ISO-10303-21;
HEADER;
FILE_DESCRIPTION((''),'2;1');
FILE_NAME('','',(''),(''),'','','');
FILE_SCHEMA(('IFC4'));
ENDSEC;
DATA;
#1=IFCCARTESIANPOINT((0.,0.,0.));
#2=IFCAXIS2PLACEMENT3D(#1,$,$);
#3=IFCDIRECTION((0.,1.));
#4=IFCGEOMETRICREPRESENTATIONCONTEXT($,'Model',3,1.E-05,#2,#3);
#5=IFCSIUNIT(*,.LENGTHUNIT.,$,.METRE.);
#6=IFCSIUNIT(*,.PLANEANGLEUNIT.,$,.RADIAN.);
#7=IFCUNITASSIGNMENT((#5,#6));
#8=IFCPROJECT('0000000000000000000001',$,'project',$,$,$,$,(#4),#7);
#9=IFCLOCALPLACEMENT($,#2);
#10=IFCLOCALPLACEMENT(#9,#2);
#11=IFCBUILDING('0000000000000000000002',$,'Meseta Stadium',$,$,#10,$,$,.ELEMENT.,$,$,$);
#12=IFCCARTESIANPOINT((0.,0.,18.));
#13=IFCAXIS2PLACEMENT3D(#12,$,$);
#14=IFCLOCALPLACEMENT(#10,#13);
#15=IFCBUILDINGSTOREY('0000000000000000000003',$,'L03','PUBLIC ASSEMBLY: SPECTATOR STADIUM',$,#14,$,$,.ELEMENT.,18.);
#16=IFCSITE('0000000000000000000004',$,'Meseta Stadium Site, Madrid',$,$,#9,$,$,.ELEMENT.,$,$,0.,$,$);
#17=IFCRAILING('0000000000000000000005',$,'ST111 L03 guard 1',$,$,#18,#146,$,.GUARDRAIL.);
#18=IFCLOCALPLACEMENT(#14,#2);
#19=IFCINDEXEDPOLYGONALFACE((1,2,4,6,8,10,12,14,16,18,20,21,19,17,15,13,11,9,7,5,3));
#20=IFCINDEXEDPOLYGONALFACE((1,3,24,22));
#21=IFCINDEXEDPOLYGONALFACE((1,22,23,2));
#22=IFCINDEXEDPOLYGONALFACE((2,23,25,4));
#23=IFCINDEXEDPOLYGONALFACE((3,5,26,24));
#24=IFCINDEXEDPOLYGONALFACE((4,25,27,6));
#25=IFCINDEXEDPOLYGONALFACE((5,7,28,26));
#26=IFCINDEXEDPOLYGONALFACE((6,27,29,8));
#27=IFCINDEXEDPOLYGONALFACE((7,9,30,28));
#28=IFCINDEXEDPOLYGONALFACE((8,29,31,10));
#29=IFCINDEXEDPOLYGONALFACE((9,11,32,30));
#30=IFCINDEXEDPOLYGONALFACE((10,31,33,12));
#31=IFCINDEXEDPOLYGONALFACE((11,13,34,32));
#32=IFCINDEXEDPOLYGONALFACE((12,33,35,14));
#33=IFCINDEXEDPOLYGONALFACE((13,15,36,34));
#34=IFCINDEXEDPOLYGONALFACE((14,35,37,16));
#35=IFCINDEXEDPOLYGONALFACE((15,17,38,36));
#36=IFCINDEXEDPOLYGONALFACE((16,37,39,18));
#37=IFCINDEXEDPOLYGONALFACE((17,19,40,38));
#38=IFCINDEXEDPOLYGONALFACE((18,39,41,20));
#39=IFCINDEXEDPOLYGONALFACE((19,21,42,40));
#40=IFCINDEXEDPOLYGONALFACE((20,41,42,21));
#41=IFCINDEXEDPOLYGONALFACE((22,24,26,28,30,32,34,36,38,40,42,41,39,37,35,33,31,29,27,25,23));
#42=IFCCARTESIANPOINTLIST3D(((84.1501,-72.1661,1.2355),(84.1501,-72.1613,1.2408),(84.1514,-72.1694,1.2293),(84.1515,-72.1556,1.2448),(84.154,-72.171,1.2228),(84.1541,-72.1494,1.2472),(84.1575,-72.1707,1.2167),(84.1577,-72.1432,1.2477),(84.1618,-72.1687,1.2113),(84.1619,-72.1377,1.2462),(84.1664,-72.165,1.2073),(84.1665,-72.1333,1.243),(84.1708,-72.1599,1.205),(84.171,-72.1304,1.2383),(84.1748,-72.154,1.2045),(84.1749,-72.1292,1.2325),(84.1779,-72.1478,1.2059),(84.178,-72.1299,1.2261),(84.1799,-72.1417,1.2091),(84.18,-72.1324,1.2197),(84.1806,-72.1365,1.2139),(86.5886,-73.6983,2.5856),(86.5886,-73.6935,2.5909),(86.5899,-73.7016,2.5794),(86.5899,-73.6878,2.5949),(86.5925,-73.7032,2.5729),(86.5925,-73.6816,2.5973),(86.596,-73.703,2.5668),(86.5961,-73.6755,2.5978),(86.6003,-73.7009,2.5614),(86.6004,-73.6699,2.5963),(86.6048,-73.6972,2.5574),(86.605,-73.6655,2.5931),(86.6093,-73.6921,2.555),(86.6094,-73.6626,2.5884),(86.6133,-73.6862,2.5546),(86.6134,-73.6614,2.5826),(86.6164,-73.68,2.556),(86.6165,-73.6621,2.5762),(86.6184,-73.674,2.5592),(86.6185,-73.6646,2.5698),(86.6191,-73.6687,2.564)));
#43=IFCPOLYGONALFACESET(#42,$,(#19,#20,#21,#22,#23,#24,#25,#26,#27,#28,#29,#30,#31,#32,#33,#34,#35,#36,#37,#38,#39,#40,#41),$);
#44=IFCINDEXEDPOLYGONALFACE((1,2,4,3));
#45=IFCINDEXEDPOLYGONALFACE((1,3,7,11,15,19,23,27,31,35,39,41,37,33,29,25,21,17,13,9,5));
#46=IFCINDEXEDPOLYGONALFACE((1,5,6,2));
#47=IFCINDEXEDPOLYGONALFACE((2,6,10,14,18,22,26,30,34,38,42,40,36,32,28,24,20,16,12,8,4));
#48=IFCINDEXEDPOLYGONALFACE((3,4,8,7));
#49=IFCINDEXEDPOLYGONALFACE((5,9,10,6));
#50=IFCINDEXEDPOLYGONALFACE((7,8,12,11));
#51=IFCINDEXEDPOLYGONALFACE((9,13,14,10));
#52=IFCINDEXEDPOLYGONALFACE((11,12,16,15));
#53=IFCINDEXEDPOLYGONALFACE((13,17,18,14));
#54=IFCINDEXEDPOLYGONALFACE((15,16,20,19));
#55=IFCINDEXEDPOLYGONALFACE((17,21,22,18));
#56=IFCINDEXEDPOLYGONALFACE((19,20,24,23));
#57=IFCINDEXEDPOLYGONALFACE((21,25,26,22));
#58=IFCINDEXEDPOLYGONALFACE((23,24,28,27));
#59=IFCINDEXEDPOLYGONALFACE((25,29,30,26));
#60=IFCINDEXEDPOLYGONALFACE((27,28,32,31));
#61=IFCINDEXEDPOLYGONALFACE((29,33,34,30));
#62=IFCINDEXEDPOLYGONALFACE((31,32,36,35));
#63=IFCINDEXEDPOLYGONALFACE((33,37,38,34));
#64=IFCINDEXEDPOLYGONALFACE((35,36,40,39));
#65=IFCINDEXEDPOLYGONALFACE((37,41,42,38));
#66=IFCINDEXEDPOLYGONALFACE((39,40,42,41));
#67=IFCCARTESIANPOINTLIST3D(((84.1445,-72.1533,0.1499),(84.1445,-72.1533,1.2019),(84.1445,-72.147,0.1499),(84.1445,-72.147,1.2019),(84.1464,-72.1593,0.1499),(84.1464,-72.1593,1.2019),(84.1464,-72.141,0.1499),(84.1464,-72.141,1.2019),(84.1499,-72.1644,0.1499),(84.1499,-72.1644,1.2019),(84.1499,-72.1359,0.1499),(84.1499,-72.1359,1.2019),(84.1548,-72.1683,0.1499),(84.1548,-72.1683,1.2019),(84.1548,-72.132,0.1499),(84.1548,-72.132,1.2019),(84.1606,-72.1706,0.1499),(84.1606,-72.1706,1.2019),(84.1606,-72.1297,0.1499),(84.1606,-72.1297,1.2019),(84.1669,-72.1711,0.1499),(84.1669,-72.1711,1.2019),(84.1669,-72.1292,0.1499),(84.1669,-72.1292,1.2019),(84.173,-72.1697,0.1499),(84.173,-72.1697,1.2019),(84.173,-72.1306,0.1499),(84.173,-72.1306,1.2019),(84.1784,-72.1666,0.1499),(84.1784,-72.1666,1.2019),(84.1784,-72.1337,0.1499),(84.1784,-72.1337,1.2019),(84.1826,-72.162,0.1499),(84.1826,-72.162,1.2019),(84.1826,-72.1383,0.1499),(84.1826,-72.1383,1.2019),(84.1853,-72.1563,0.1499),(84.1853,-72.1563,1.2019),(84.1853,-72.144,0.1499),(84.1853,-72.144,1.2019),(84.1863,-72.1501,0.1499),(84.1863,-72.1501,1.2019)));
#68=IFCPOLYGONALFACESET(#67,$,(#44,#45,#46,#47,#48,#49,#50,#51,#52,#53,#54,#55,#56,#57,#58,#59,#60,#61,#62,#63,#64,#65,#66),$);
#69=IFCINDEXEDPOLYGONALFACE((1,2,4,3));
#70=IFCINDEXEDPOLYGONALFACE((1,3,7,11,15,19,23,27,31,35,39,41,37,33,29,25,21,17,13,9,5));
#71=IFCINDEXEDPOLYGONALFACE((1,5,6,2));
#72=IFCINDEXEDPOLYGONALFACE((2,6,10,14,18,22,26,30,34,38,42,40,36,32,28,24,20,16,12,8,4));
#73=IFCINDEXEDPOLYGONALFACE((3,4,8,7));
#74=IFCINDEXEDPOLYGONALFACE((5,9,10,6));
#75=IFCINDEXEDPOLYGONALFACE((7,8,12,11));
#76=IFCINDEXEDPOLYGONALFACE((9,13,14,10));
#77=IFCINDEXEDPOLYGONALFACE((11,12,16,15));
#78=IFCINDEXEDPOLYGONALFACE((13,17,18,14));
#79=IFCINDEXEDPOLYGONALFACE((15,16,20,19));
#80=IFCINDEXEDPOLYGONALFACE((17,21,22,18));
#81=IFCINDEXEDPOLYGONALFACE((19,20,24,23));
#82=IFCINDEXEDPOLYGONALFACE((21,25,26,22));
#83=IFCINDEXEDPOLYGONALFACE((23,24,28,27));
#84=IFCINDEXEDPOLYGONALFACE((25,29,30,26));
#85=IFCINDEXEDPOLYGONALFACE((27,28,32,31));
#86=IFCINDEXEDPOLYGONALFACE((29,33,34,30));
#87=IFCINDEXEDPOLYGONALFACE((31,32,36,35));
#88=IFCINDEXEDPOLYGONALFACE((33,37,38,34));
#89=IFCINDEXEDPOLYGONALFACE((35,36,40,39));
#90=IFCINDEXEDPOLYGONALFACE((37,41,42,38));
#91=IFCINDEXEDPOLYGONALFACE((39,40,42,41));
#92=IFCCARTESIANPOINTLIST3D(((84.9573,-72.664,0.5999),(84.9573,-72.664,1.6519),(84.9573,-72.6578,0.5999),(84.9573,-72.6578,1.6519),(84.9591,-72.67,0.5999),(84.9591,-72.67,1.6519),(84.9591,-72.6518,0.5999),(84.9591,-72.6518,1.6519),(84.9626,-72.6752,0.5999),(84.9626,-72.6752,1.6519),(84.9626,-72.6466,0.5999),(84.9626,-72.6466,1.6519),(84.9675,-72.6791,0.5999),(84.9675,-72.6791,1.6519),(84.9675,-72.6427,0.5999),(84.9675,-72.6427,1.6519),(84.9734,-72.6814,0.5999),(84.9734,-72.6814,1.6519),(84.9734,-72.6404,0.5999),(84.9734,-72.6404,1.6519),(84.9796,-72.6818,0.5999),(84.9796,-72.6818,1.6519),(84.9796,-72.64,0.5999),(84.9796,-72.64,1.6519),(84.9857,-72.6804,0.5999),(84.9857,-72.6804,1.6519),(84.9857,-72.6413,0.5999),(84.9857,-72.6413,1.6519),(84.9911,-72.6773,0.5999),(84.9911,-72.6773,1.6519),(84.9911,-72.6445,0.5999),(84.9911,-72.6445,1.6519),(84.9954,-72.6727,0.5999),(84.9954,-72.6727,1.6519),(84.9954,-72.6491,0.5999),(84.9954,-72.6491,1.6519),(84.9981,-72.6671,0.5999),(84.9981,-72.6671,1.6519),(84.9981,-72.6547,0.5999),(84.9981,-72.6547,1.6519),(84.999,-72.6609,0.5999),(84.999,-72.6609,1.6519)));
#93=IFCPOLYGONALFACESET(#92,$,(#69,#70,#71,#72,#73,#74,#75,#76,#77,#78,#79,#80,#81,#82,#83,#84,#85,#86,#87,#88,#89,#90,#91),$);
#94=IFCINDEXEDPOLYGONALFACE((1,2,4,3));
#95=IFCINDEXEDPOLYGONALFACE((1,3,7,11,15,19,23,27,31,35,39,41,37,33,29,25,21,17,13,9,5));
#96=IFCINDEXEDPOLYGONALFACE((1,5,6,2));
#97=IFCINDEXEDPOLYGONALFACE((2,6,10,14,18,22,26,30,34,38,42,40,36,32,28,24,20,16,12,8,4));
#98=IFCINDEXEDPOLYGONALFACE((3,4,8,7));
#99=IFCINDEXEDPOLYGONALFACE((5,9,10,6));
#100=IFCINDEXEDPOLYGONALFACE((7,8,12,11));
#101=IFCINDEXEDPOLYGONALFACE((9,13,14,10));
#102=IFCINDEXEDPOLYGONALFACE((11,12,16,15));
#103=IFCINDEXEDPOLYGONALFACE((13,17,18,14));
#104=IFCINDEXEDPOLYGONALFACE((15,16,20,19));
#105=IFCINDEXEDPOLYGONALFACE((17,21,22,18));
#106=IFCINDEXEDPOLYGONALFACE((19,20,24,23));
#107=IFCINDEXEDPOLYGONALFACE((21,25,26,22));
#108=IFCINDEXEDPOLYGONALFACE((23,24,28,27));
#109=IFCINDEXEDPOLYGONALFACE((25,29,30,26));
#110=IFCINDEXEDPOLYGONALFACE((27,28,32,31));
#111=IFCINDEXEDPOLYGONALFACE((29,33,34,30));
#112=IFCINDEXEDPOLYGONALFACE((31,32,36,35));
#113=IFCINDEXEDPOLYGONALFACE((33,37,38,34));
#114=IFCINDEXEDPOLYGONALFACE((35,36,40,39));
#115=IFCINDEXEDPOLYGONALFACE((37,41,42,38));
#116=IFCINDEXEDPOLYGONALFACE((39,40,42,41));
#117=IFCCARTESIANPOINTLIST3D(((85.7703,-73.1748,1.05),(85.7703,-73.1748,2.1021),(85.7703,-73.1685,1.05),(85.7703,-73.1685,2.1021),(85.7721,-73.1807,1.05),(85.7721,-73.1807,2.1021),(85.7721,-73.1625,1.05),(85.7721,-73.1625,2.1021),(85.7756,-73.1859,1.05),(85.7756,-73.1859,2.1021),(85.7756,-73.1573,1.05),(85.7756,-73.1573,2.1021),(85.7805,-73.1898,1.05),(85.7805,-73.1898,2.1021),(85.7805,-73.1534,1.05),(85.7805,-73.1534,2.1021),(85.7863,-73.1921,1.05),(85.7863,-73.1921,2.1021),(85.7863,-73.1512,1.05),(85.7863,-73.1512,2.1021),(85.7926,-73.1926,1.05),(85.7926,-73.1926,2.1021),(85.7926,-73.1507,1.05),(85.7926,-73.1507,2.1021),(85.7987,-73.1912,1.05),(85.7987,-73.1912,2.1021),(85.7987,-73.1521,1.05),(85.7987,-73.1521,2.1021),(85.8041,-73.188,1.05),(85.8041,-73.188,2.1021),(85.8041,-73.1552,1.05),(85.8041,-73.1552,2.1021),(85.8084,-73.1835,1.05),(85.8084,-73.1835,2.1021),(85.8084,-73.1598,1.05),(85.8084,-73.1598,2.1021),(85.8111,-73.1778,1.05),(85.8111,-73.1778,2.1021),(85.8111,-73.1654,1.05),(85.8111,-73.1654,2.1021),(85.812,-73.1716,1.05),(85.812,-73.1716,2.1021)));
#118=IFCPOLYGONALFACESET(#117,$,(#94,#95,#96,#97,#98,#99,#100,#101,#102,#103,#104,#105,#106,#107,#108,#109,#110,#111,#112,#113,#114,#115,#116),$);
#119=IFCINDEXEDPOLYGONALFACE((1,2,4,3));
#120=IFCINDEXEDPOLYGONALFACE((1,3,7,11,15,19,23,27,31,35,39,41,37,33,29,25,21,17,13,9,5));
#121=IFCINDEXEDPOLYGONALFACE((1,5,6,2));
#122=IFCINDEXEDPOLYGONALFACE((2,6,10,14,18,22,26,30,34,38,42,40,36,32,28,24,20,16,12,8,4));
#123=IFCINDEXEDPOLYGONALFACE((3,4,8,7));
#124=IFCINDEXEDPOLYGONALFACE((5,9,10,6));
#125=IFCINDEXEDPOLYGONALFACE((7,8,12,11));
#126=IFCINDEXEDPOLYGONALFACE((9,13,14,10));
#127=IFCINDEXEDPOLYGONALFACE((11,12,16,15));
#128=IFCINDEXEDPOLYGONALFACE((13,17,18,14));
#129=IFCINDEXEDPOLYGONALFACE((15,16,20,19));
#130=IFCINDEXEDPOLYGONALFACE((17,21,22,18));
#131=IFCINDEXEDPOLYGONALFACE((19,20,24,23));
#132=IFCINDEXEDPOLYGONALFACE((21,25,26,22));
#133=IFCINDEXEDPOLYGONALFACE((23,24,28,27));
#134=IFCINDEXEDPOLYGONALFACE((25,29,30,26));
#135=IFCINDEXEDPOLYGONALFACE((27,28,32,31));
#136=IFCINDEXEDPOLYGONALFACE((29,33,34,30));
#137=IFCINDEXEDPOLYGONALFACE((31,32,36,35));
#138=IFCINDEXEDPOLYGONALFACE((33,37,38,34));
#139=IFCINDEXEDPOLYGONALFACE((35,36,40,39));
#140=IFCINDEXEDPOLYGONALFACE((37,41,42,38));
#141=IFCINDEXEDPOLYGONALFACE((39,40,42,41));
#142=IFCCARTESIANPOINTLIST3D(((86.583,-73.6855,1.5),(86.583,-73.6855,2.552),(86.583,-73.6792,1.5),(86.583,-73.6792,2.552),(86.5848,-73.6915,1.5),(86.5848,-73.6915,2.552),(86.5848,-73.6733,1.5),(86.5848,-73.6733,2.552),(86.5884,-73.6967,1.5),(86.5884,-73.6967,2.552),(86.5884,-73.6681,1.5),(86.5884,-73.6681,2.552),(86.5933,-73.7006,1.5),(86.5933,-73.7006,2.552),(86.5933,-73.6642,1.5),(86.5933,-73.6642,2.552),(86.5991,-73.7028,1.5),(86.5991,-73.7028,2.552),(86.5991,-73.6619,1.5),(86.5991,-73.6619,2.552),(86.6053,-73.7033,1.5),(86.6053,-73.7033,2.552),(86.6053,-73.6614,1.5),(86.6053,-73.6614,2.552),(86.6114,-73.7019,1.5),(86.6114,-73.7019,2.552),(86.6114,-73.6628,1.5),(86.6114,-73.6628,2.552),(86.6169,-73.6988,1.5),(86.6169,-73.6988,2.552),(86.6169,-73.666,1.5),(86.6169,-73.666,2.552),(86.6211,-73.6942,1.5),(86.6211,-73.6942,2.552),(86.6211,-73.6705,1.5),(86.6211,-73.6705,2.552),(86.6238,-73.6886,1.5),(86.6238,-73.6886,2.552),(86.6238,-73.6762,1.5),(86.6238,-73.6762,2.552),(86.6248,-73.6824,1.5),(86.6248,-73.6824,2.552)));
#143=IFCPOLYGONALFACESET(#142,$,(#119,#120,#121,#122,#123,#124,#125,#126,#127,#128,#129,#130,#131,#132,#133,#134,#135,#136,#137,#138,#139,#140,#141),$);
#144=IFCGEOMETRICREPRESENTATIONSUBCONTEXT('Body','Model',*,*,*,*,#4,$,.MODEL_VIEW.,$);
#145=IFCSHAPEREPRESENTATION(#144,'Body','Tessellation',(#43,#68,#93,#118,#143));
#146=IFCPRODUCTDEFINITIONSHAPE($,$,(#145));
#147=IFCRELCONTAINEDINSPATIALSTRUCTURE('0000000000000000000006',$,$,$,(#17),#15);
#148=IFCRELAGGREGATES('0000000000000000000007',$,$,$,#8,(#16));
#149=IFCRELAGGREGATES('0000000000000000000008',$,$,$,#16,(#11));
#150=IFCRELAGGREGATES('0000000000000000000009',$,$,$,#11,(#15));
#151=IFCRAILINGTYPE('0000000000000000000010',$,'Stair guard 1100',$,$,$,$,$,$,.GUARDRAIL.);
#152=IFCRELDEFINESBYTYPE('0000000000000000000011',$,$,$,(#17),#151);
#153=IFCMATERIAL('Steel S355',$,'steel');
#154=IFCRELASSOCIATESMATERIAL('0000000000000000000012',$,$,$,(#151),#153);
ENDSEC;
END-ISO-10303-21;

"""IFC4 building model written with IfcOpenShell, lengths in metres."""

from ifc_helpers import new_model, si_unit, direction, frame, origin, origin_2d, place, context, subcontext, project, spatial, circle, extrude, material, type_object, element, save


model = new_model("IFC4")

# Units and contexts
model_context = context("Model", 3, precision=1e-05, world=origin(), true_north=direction((0.0, 1.0)))
body_context = subcontext(model_context, "Body", "Model", "MODEL_VIEW")
ifc_project = project(units=[si_unit("LENGTHUNIT", "METRE"), si_unit("PLANEANGLEUNIT", "RADIAN")], contexts=[model_context])

# Site, building, storey
site_placement = place(None, origin())
site = spatial("IfcSite", under=ifc_project, at=site_placement, Name="Meseta Stadium Site, Madrid", CompositionType="ELEMENT", RefElevation=0.0)
building_placement = place(site_placement, origin())
building = spatial("IfcBuilding", under=site, at=building_placement, Name="Meseta Stadium", CompositionType="ELEMENT")
storey_placement = place(building_placement, frame((0.0, 0.0, 18.0)))
storey = spatial("IfcBuildingStorey", under=building, at=storey_placement, Name="L03", Description="PUBLIC ASSEMBLY: SPECTATOR STADIUM", CompositionType="ELEMENT", Elevation=18.0)

# Railing
ifc_material_1 = material(Name="Steel S355", Category="steel")
railing_type_1 = type_object("IfcRailingType", Name="Stair guard 1100", PredefinedType="GUARDRAIL", material=ifc_material_1)
railing_1_placement = place(storey_placement, frame((84.1653, -72.1501, 0.1499)))
element("IfcRailing", 1, at=railing_1_placement, inside=storey, type_object=railing_type_1, Name="ST111 L03 guard 1", PredefinedType="GUARDRAIL", context=body_context, shape_type="SweptSolid", body=[
    extrude(circle(Radius=0.0239, at=origin_2d()), frame((0.0, 0.0, 1.0762), z_axis=(0.766655, -0.481731, 0.42447), x_axis=(0.53204, 0.846719, 0.0)), (0.0, 0.0, 1.0), 3.1807),
    extrude(circle(Radius=0.021, at=origin_2d()), origin(), (0.0, 0.0, 1.0), 1.052),
    extrude(circle(Radius=0.021, at=origin_2d()), frame((0.8127, -0.5107, 0.45)), (0.0, 0.0, 1.0), 1.052),
    extrude(circle(Radius=0.021, at=origin_2d()), frame((1.6257, -1.0215, 0.9001)), (0.0, 0.0, 1.0), 1.052),
    extrude(circle(Radius=0.021, at=origin_2d()), frame((2.4385, -1.5322, 1.3501)), (0.0, 0.0, 1.0), 1.052),
])

save(model, "model.ifc")
